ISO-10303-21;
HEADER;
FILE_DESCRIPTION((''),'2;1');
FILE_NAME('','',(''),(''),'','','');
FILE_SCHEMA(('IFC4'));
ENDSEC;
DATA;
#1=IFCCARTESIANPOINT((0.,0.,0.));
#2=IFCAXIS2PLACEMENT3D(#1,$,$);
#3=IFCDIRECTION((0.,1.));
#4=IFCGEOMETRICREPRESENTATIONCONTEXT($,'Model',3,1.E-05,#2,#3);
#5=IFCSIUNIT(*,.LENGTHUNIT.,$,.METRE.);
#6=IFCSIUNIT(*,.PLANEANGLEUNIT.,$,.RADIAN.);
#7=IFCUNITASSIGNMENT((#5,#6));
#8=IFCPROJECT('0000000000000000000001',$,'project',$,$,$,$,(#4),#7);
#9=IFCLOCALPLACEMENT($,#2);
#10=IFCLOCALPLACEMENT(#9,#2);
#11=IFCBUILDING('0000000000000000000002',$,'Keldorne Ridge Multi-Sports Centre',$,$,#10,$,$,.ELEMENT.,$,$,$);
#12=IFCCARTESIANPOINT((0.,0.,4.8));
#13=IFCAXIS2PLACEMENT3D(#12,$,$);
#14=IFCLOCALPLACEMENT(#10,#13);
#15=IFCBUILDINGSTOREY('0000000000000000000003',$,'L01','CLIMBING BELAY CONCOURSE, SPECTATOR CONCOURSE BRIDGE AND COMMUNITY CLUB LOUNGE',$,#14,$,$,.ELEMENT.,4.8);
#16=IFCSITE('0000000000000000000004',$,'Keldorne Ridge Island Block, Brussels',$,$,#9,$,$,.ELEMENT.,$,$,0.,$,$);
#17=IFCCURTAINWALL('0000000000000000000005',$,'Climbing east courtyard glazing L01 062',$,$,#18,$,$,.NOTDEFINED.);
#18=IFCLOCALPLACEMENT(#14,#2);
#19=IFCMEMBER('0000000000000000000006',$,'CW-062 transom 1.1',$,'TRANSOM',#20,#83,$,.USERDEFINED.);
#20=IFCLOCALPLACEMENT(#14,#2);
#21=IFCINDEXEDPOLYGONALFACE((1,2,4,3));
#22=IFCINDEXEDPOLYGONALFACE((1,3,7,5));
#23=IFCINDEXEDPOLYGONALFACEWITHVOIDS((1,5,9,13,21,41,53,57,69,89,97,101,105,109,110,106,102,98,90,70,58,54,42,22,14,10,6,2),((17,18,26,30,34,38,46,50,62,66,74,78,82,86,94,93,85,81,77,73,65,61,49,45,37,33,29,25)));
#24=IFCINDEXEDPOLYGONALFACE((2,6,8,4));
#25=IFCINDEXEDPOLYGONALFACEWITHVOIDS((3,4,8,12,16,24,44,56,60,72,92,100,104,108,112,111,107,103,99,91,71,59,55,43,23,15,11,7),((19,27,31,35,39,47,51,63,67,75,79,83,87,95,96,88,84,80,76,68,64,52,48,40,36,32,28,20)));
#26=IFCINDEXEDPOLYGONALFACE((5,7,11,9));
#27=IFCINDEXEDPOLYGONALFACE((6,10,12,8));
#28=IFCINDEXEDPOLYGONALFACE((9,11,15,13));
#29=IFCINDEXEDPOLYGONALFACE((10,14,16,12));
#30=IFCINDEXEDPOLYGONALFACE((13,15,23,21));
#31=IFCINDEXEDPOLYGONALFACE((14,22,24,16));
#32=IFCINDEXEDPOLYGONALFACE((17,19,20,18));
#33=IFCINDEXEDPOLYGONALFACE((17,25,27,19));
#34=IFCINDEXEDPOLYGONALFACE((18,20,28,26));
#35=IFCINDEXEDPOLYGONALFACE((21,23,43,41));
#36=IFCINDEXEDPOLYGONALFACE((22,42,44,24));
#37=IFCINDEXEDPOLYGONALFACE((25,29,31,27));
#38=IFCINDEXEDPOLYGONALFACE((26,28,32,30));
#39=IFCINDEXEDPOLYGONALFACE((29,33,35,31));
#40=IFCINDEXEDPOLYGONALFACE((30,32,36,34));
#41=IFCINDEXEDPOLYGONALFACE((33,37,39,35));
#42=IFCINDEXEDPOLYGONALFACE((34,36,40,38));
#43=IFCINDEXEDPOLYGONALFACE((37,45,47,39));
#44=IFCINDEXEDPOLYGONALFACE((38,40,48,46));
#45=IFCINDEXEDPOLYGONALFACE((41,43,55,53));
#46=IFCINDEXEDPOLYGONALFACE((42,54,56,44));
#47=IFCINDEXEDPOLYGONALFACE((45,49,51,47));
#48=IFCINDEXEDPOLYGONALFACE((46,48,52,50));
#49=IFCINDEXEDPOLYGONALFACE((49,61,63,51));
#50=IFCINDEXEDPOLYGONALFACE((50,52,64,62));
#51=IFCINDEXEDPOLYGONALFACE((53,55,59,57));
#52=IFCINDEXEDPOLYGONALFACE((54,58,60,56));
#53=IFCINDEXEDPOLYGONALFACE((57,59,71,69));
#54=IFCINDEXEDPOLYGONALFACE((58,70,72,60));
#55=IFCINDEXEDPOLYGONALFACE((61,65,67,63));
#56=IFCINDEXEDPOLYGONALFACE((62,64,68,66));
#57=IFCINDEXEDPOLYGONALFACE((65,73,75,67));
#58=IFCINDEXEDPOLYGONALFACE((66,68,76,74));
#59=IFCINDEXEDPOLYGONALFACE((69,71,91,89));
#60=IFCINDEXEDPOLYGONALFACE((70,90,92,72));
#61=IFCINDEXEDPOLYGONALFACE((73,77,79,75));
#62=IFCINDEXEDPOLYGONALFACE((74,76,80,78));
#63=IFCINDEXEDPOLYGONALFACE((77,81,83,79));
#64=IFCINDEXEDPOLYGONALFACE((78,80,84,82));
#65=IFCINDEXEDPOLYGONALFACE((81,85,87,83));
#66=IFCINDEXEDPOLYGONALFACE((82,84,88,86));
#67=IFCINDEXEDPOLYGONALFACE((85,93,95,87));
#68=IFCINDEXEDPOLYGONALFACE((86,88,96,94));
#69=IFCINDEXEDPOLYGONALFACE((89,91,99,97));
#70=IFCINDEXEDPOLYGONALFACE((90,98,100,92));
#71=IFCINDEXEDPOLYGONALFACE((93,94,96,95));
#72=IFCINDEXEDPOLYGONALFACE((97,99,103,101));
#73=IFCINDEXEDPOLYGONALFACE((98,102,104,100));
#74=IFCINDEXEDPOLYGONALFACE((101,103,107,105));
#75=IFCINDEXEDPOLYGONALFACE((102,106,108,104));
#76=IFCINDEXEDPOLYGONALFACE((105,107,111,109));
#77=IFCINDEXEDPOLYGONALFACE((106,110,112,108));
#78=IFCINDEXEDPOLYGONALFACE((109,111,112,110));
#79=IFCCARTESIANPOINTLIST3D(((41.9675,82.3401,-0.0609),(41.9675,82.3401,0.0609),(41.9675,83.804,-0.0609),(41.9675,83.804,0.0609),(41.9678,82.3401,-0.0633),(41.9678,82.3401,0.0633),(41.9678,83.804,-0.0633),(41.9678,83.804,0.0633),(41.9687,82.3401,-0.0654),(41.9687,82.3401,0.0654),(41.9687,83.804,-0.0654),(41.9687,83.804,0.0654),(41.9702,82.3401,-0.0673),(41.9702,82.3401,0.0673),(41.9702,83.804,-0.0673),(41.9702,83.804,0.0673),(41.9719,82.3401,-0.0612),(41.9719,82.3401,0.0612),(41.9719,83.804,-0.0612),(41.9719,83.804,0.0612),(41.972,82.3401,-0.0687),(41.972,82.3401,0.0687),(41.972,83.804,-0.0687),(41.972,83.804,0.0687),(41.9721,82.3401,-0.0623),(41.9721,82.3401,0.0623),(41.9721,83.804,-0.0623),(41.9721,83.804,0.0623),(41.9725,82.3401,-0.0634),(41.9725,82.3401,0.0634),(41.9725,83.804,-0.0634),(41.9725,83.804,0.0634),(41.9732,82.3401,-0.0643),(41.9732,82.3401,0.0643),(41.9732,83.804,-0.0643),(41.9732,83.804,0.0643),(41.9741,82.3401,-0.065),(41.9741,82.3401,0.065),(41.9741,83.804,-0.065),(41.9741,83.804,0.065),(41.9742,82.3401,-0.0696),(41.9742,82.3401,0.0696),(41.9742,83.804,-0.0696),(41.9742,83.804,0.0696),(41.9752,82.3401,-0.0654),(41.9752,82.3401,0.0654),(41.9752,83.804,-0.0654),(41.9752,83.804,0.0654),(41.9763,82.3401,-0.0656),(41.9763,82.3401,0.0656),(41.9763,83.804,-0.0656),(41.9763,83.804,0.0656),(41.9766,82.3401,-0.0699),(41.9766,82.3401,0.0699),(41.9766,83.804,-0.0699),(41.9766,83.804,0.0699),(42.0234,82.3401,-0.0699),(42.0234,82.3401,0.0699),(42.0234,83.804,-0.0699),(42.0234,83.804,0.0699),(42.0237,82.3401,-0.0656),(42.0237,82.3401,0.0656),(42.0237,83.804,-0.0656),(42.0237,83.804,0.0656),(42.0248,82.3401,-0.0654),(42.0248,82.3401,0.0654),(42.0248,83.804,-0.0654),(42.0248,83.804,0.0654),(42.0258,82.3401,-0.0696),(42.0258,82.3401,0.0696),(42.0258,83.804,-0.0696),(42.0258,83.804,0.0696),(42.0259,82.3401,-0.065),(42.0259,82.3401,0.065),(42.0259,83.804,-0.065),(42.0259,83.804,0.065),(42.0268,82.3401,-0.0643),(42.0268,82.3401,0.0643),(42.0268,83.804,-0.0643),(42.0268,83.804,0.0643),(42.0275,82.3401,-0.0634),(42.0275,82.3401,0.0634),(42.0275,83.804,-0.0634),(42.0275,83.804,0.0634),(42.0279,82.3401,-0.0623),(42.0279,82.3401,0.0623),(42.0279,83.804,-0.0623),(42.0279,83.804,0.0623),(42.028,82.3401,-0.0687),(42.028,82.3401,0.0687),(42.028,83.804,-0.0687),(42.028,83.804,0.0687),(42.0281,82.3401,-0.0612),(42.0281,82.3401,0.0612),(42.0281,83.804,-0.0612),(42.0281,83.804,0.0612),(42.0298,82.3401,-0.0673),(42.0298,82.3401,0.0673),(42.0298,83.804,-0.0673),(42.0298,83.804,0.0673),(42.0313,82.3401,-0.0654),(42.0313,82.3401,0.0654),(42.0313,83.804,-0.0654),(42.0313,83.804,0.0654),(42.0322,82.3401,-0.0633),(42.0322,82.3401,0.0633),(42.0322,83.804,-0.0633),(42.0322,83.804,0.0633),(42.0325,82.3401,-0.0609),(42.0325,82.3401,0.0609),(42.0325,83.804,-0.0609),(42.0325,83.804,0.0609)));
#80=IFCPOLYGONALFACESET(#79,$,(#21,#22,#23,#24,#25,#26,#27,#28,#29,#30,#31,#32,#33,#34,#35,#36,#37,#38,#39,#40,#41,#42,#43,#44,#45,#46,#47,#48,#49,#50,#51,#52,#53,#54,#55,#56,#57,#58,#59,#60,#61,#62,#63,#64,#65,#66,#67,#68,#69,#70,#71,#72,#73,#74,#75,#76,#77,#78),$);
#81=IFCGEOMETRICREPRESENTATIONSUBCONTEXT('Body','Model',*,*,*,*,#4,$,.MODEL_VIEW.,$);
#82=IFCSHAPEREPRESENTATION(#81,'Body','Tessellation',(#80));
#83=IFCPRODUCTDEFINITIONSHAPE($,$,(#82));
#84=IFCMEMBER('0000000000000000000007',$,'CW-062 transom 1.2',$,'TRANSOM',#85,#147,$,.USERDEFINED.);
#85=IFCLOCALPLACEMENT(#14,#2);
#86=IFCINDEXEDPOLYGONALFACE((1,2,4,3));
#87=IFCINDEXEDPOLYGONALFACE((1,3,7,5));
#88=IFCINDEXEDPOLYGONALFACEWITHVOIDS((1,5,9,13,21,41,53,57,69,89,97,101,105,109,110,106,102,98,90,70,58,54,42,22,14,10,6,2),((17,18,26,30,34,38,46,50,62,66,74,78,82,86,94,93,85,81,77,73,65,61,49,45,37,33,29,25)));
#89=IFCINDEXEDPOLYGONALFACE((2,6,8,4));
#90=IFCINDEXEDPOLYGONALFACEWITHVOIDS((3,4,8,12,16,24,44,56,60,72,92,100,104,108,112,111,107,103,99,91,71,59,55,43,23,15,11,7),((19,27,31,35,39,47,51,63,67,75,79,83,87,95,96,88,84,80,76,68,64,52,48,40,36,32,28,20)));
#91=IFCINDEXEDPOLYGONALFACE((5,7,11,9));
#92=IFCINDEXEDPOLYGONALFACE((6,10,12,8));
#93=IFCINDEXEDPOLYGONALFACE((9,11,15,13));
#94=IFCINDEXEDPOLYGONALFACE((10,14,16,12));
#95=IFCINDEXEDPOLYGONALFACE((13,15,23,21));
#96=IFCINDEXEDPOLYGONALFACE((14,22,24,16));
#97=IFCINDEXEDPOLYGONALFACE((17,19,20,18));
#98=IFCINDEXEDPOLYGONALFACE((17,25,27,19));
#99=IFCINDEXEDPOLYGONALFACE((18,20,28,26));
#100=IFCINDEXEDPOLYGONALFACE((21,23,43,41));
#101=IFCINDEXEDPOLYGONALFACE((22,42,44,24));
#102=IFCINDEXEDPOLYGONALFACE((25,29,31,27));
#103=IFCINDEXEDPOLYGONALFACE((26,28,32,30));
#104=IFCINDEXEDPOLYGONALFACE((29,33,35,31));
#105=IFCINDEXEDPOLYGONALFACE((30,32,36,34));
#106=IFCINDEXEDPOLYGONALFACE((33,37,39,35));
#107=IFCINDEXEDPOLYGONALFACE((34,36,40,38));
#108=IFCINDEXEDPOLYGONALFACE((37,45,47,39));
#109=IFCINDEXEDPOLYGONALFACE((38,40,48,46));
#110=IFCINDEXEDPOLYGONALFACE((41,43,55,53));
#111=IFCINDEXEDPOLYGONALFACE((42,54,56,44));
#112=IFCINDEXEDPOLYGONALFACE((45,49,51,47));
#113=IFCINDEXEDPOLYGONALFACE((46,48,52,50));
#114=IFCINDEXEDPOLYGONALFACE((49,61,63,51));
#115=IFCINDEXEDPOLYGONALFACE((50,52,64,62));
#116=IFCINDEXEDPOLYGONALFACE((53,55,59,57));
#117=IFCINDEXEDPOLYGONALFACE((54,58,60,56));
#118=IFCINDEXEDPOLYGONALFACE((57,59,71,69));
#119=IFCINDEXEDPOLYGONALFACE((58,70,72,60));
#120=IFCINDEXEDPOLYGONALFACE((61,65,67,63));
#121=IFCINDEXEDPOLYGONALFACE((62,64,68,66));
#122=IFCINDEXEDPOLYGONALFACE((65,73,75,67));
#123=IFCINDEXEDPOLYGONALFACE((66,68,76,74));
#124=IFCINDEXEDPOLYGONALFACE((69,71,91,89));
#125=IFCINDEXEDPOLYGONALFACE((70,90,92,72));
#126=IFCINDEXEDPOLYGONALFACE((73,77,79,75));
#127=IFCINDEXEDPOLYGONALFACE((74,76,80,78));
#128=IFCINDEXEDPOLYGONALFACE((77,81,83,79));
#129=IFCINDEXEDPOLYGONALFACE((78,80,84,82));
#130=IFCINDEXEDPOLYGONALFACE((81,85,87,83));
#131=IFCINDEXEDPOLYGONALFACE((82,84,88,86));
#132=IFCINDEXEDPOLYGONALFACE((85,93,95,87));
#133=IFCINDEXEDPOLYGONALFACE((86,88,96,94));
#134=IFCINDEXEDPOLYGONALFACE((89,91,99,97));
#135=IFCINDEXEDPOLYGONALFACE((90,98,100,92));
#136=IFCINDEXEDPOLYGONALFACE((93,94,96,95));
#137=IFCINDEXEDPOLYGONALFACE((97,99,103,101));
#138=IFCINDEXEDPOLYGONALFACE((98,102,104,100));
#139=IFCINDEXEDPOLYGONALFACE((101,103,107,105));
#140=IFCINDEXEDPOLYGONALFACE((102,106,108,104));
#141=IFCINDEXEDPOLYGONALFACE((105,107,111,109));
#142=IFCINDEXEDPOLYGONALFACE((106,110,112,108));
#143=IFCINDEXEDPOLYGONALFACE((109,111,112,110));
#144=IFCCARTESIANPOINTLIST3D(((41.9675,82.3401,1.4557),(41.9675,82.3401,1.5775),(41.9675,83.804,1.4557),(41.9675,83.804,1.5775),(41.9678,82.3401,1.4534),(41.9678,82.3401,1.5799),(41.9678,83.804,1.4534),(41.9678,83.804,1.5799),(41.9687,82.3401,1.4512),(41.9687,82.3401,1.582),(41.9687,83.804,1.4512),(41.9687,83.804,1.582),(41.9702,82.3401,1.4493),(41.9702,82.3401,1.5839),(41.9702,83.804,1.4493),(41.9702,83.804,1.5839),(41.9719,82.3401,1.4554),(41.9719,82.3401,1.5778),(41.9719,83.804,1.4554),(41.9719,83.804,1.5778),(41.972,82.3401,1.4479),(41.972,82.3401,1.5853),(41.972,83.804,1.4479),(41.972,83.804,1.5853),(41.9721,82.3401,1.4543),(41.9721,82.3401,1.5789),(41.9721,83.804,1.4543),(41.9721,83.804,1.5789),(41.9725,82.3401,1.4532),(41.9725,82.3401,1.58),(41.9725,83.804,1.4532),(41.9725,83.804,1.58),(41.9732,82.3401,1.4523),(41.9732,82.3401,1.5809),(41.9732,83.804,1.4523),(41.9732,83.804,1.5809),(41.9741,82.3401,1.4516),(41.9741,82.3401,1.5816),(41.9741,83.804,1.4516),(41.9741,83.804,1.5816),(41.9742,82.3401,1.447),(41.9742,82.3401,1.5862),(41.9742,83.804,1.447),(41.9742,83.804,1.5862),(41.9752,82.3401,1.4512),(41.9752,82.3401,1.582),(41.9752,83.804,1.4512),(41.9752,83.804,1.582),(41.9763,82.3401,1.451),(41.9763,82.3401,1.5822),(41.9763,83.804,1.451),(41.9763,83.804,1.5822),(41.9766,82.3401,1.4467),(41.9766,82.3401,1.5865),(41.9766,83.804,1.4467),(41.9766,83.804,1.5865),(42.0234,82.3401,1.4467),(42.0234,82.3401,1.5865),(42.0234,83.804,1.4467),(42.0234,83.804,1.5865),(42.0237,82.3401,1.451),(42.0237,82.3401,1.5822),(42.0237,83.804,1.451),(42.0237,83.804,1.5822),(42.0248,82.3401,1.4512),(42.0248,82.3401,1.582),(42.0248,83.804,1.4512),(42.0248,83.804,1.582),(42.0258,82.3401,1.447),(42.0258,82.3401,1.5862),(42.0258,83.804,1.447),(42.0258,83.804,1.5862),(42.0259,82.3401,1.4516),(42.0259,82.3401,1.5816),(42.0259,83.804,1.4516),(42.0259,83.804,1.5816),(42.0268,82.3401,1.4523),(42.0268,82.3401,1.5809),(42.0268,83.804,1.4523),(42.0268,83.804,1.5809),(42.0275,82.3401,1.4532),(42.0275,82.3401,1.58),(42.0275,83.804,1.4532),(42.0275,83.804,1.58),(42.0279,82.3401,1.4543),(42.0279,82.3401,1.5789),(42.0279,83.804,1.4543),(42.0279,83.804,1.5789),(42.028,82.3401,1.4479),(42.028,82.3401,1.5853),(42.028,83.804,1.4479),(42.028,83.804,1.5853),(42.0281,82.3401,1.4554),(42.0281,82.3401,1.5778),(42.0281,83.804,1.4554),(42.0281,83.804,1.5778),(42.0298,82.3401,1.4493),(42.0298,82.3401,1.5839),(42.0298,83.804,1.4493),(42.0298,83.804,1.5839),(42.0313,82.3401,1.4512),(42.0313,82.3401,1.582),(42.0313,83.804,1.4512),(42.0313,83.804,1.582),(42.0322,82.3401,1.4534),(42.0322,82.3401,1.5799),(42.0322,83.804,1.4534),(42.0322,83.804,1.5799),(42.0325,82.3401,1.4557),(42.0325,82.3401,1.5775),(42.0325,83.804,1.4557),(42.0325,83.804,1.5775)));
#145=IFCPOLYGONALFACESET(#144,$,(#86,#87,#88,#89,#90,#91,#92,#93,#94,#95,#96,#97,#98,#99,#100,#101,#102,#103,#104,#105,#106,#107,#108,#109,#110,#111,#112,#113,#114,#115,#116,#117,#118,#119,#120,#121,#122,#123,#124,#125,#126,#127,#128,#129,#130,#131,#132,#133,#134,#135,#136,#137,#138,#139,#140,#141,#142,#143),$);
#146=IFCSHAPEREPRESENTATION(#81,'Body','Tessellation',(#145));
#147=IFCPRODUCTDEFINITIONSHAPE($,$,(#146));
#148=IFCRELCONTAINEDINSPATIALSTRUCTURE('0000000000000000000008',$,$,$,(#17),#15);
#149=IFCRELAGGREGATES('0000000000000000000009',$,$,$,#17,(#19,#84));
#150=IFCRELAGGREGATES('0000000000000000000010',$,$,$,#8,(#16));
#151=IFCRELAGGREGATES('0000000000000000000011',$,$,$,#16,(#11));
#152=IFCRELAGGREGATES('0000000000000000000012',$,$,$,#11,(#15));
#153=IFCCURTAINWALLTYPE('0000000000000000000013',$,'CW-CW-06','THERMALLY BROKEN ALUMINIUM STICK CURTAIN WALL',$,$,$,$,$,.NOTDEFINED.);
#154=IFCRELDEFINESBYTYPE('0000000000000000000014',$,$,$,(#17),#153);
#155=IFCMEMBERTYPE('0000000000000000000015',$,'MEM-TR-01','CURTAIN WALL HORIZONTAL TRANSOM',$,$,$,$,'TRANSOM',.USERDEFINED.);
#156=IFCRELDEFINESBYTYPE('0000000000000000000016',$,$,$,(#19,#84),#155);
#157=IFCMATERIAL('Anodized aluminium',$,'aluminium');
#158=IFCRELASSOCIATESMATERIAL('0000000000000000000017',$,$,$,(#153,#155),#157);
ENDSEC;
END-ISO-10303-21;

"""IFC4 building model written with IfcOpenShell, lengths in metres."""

from ifc_helpers import new_model, si_unit, direction, frame, origin, origin_2d, place, context, subcontext, project, spatial, hollow_rectangle, extrude, material, material_profile, profile_set, type_object, element, aggregate, save


model = new_model("IFC4")

# Units and contexts
model_context = context("Model", 3, precision=1e-05, world=origin(), true_north=direction((0.0, 1.0)))
body_context = subcontext(model_context, "Body", "Model", "MODEL_VIEW")
ifc_project = project(units=[si_unit("LENGTHUNIT", "METRE"), si_unit("PLANEANGLEUNIT", "RADIAN")], contexts=[model_context])

# Site, building, storey
site_placement = place(None, origin())
site = spatial("IfcSite", under=ifc_project, at=site_placement, Name="Keldorne Ridge Island Block, Brussels", CompositionType="ELEMENT", RefElevation=0.0)
building_placement = place(site_placement, origin())
building = spatial("IfcBuilding", under=site, at=building_placement, Name="Keldorne Ridge Multi-Sports Centre", CompositionType="ELEMENT")
storey_placement = place(building_placement, frame((0.0, 0.0, 4.8)))
storey = spatial("IfcBuildingStorey", under=building, at=storey_placement, Name="L01", Description="CLIMBING BELAY CONCOURSE, SPECTATOR CONCOURSE BRIDGE AND COMMUNITY CLUB LOUNGE", CompositionType="ELEMENT", Elevation=4.8)

# Curtain wall
ifc_material_1 = material(Name="Anodized aluminium", Category="aluminium")
curtain_wall_type_1 = type_object("IfcCurtainWallType", Name="CW-CW-06", Description="THERMALLY BROKEN ALUMINIUM STICK CURTAIN WALL", PredefinedType="NOTDEFINED", material=ifc_material_1)
curtain_wall_1_placement = place(storey_placement, origin())
curtain_wall_1 = element("IfcCurtainWall", 1, at=curtain_wall_1_placement, inside=storey, type_object=curtain_wall_type_1, Name="Climbing east courtyard glazing L01 062", PredefinedType="NOTDEFINED")

# Members
ifc_material_profile_1 = material_profile(ifc_material_1, hollow_rectangle(XDim=0.0649, YDim=0.1399, WallThickness=0.0044, InnerFilletRadius=0.0044, OuterFilletRadius=0.009, at=origin_2d()), Name="ALU TRANSOM 140x65x4.5")
ifc_profile_set_1 = profile_set([ifc_material_profile_1], Name="Anodized aluminium")
member_type_1 = type_object("IfcMemberType", Name="MEM-TR-01", Description="CURTAIN WALL HORIZONTAL TRANSOM", ElementType="TRANSOM", PredefinedType="USERDEFINED", material=ifc_profile_set_1)
member_1_placement = place(storey_placement, frame((42.0, 82.3401, 0.0), z_axis=(0.0, 1.0, 0.0), x_axis=(-1.0, 0.0, 0.0)))
member_1 = element("IfcMember", 2, at=member_1_placement, type_object=member_type_1, Name="CW-062 transom 1.1", ObjectType="TRANSOM", PredefinedType="USERDEFINED", context=body_context, shape_type="SweptSolid", body=[
    extrude(hollow_rectangle(XDim=0.0649, YDim=0.1399, WallThickness=0.0044, InnerFilletRadius=0.0044, OuterFilletRadius=0.009, at=origin_2d()), origin(), (0.0, 0.0, 1.0), 1.4639),
])
member_2_placement = place(storey_placement, frame((42.0, 82.3401, 1.5166), z_axis=(0.0, 1.0, 0.0), x_axis=(-1.0, 0.0, 0.0)))
member_2 = element("IfcMember", 3, at=member_2_placement, type_object=member_type_1, Name="CW-062 transom 1.2", ObjectType="TRANSOM", PredefinedType="USERDEFINED", context=body_context, shape_type="SweptSolid", body=[
    extrude(hollow_rectangle(XDim=0.0649, YDim=0.1399, WallThickness=0.0044, InnerFilletRadius=0.0044, OuterFilletRadius=0.009, at=origin_2d()), origin(), (0.0, 0.0, 1.0), 1.4639),
])

aggregate(curtain_wall_1, [member_1, member_2])

save(model, "model.ifc")
